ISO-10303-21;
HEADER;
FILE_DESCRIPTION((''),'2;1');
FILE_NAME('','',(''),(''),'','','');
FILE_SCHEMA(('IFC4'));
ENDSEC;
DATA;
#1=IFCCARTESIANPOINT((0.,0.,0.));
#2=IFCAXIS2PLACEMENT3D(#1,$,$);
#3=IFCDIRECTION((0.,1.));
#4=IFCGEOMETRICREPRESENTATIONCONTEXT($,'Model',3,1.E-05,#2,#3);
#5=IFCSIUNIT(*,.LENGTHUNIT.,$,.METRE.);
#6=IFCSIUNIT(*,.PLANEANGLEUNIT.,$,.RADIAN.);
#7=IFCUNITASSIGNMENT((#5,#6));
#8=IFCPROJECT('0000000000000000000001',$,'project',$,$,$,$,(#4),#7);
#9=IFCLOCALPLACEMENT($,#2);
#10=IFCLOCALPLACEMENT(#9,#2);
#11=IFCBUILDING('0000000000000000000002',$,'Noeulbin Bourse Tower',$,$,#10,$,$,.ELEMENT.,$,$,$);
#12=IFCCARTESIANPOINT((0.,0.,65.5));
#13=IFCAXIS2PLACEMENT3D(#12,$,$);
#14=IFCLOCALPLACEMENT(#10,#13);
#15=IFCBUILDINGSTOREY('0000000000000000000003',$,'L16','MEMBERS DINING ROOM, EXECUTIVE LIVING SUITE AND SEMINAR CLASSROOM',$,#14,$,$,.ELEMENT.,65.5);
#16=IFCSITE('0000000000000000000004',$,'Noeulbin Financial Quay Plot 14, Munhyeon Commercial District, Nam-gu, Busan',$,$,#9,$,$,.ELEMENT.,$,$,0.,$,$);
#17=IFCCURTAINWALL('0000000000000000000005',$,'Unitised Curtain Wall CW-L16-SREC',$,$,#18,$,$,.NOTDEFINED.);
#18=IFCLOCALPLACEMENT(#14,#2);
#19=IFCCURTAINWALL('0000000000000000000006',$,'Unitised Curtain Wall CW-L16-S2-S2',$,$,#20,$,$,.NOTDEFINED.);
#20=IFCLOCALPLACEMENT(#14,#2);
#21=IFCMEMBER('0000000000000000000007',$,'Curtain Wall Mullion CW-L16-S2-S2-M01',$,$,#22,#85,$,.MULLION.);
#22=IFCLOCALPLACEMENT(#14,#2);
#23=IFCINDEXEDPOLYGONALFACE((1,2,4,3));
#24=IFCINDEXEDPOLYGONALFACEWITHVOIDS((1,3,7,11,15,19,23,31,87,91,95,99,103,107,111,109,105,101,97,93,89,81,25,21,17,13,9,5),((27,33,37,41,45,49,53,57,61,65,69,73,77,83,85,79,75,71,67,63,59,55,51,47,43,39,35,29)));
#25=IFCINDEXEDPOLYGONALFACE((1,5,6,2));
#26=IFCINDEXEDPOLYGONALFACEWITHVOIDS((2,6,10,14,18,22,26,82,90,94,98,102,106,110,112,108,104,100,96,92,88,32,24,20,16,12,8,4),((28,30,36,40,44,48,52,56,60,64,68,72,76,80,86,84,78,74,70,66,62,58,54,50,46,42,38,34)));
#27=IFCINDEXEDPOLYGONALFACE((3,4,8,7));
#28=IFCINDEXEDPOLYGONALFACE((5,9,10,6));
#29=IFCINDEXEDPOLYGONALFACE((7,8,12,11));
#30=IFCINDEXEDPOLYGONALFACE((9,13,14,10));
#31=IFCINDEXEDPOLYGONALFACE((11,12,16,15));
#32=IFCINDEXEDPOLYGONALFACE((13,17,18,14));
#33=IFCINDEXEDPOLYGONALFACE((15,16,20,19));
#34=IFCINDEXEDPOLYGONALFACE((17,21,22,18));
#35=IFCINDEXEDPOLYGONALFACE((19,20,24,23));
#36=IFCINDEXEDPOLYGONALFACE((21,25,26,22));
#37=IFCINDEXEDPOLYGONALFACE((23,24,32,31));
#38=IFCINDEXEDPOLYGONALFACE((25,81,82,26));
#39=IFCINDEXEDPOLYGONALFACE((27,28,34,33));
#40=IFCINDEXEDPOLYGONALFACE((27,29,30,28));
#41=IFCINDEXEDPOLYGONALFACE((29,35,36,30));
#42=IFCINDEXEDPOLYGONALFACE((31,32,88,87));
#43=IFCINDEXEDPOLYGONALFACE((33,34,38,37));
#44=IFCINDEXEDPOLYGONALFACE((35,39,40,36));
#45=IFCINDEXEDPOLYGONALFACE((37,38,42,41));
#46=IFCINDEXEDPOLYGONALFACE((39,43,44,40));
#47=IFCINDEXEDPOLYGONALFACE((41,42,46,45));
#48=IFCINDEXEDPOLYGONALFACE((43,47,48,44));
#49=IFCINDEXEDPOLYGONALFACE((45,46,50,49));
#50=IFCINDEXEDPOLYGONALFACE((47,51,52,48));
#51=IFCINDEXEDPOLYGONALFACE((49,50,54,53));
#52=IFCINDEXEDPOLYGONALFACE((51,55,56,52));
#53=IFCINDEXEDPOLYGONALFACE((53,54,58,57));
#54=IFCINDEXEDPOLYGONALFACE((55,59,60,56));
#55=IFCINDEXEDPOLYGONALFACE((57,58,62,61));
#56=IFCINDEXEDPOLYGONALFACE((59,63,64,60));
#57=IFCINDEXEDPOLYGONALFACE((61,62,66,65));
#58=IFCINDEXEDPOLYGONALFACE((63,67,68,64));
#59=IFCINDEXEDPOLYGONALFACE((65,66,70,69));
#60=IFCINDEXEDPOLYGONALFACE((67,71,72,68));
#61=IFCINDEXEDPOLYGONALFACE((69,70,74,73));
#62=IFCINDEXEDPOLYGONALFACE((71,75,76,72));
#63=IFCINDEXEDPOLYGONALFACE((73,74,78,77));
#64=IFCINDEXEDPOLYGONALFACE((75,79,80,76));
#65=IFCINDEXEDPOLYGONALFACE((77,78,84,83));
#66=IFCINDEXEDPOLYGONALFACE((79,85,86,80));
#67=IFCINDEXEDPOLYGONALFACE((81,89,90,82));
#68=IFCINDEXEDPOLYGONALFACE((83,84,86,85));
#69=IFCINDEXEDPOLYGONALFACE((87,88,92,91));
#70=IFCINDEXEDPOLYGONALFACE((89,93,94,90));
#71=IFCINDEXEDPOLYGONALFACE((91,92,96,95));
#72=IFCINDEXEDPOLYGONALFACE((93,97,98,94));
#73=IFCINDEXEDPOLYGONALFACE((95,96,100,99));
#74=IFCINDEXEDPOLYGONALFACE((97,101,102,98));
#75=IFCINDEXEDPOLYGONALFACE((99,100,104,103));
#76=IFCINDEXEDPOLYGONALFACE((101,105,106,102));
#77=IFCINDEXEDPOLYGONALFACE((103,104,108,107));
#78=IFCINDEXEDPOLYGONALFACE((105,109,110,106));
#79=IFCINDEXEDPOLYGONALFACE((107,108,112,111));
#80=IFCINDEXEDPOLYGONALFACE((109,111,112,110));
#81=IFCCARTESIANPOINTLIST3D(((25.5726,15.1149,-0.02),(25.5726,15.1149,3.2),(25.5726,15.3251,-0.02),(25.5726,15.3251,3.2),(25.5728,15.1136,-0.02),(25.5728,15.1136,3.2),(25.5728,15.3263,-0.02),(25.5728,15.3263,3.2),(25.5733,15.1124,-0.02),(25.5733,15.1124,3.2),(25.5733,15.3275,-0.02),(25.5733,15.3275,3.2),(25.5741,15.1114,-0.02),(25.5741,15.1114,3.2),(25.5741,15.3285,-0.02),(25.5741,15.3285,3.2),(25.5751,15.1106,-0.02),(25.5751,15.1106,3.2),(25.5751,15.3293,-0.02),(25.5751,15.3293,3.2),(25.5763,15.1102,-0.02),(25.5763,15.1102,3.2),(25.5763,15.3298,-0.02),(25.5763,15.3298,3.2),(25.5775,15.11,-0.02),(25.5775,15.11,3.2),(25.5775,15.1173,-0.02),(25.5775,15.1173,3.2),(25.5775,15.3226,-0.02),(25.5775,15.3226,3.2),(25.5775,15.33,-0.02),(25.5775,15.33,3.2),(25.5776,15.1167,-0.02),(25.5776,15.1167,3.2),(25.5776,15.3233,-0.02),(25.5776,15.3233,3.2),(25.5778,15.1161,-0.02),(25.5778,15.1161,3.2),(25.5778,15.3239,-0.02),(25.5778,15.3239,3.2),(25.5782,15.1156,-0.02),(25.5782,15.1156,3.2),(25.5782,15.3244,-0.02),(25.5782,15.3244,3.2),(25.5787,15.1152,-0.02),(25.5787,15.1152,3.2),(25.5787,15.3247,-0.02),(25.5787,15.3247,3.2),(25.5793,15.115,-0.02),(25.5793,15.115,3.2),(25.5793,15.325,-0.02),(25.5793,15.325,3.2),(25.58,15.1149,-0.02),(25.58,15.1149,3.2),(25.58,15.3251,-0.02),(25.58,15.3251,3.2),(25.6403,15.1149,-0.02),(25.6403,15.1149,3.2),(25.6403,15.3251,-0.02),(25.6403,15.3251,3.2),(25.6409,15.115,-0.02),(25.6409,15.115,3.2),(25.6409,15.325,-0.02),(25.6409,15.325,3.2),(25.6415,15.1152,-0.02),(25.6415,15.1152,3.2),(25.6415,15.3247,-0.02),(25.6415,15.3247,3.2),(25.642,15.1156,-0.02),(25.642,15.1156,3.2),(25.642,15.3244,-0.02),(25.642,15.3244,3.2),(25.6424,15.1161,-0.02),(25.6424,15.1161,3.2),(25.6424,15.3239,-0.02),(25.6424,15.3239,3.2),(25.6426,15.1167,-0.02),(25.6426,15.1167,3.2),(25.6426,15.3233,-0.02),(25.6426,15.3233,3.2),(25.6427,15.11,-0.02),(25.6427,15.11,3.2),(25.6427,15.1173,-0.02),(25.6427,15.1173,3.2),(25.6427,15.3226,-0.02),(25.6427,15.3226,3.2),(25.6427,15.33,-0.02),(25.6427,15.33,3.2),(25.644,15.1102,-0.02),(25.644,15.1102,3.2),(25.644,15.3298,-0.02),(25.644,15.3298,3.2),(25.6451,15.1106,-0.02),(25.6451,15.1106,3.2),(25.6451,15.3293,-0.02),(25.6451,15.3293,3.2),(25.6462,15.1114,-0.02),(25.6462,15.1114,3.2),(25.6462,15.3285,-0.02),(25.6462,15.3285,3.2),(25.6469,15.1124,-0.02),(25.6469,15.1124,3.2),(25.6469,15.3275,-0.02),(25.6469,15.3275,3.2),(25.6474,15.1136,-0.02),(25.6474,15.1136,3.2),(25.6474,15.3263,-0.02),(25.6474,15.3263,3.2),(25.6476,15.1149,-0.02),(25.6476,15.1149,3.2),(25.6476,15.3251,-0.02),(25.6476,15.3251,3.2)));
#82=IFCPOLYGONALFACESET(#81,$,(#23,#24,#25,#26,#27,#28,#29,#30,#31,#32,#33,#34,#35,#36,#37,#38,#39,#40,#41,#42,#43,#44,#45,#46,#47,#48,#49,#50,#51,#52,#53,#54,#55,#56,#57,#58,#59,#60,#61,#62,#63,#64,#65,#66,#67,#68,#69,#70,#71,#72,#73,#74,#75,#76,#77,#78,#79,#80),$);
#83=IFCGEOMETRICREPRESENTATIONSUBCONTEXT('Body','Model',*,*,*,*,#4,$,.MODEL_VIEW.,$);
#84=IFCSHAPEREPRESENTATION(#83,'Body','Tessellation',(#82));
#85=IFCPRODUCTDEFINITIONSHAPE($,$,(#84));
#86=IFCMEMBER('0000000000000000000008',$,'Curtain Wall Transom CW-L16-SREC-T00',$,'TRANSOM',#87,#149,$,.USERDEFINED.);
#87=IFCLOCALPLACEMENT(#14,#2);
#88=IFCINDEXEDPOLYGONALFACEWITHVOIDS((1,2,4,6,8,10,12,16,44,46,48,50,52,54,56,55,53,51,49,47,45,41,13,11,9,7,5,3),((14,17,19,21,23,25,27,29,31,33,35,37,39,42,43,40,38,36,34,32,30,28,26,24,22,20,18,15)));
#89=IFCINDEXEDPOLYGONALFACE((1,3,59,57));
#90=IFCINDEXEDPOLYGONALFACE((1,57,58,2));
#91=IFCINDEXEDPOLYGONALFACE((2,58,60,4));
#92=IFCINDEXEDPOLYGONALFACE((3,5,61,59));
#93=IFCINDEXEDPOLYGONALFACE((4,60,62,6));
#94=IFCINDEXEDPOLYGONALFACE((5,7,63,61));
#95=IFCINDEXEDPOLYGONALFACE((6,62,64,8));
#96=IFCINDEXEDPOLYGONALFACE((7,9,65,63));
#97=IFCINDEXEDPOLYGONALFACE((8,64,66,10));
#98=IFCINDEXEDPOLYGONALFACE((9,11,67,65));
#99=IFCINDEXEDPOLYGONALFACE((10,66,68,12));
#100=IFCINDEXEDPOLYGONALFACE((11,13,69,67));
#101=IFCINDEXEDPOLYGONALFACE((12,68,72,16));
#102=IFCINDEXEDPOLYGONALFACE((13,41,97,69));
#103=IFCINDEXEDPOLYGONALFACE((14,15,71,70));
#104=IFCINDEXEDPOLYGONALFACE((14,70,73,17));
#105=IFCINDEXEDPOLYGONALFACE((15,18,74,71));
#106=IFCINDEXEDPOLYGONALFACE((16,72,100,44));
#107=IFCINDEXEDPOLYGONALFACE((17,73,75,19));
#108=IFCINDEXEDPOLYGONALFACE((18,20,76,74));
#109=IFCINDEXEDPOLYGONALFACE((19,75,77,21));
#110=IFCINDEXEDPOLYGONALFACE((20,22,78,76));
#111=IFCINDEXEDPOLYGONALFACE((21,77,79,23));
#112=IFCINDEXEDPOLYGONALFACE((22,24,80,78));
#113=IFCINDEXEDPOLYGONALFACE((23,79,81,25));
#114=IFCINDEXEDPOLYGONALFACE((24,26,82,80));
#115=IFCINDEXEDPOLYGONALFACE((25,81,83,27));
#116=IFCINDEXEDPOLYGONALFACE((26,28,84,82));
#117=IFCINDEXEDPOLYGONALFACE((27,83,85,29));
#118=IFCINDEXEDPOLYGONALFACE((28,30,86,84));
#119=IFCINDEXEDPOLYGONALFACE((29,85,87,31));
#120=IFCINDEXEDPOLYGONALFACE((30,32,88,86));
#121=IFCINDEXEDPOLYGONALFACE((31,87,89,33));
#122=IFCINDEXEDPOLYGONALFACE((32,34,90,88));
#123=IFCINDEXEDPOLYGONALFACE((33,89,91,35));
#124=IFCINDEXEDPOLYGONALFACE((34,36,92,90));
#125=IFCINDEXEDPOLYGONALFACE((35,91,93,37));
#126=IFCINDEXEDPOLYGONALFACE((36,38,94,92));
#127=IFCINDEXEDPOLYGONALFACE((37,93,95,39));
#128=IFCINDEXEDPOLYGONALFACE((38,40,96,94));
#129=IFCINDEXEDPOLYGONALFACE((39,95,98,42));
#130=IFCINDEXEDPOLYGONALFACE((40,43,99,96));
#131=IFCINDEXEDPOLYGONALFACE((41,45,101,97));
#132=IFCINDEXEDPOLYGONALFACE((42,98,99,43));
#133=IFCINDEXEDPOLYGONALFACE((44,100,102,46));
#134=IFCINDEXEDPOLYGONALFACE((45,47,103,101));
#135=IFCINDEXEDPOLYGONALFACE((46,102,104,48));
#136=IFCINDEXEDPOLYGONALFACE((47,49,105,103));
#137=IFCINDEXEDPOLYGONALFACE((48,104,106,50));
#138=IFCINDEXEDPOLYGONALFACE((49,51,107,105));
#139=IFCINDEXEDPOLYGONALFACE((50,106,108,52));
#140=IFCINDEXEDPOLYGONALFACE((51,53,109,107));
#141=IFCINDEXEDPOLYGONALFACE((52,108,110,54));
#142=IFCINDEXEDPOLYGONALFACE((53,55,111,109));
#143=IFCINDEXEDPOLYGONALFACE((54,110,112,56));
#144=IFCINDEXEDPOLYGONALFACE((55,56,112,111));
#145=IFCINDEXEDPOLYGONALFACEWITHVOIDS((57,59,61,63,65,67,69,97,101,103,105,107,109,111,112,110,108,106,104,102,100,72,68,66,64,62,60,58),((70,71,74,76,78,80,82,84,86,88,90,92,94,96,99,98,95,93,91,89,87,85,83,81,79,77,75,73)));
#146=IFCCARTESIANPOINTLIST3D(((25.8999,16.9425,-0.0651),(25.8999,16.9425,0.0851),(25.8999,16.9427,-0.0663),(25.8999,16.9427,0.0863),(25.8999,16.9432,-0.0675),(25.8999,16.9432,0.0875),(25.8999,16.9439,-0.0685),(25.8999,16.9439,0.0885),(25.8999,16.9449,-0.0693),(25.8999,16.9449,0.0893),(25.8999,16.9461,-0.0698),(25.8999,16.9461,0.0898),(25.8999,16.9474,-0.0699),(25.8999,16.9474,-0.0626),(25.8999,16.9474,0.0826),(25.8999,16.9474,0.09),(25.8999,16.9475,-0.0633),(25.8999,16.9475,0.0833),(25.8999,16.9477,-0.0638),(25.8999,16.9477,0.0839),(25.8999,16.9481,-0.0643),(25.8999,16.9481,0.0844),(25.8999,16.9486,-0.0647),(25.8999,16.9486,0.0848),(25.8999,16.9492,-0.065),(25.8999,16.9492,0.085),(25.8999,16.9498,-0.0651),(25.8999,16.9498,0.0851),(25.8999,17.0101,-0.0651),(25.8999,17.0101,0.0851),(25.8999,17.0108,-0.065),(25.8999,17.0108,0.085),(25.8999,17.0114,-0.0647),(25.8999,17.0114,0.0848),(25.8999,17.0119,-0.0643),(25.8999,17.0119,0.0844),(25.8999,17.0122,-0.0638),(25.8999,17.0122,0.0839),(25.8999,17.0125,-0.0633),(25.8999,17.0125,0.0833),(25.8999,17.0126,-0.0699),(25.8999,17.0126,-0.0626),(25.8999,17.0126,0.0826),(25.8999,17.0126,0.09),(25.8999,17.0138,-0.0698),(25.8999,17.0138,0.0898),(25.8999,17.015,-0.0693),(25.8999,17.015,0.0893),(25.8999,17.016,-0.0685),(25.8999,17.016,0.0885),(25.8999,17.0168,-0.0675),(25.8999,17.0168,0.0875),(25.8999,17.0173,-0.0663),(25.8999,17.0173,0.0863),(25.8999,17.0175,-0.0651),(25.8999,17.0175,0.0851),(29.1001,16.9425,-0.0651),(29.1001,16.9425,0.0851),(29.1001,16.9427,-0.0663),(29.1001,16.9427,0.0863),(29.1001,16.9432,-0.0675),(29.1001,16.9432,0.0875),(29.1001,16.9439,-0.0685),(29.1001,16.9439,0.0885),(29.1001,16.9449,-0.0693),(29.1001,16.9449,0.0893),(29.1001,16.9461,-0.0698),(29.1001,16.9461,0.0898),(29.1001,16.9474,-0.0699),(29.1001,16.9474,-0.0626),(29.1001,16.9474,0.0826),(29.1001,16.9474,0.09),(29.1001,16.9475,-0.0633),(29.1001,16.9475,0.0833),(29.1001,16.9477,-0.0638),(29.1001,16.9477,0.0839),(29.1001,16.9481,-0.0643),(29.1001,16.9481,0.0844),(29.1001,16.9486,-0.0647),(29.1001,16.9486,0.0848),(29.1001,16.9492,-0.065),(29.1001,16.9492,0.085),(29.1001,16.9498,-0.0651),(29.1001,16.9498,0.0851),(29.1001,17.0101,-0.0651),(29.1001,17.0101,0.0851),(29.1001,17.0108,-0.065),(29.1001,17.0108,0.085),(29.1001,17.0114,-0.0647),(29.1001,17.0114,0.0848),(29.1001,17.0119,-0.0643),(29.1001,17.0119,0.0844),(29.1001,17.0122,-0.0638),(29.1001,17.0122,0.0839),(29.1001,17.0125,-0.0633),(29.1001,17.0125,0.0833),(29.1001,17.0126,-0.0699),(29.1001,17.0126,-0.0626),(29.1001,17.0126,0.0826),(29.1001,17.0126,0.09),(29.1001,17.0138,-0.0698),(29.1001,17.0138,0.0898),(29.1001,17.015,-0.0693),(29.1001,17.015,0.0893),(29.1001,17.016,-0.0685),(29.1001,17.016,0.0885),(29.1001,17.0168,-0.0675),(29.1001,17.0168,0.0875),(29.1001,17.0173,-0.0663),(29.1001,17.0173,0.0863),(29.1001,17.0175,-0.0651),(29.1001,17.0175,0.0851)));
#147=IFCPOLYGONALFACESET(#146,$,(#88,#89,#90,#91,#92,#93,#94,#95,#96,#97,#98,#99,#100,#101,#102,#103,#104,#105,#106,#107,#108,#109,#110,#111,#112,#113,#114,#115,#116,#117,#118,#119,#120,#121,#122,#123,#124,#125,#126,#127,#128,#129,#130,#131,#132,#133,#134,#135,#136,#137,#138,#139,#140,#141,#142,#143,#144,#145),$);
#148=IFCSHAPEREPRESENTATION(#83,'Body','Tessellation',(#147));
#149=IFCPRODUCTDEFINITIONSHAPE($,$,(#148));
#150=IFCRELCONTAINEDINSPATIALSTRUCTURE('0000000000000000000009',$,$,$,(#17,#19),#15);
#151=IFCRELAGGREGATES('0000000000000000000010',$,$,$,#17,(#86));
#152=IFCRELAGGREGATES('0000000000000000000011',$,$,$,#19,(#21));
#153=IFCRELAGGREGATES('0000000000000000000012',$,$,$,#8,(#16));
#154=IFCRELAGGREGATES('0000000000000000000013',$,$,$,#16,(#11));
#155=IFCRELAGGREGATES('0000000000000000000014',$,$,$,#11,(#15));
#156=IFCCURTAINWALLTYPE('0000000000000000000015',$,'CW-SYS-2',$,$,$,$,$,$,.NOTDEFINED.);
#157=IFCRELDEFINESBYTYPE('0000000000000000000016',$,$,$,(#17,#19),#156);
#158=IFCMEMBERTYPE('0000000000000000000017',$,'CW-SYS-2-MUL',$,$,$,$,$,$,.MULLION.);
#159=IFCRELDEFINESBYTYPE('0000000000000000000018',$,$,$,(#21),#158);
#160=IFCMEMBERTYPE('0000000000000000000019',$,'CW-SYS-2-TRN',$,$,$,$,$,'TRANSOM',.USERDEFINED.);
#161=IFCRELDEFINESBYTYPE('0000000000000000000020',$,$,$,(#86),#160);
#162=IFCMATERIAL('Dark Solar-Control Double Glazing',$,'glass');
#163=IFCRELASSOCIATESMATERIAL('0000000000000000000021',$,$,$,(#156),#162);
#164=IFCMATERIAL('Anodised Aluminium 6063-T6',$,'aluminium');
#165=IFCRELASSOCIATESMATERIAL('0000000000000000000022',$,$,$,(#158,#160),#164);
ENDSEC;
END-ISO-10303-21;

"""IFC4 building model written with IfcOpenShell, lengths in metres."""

from ifc_helpers import new_model, si_unit, direction, frame, origin, origin_2d, place, context, subcontext, project, spatial, hollow_rectangle, extrude, material, material_profile, profile_set, type_object, element, aggregate, save


model = new_model("IFC4")

# Units and contexts
model_context = context("Model", 3, precision=1e-05, world=origin(), true_north=direction((0.0, 1.0)))
body_context = subcontext(model_context, "Body", "Model", "MODEL_VIEW")
ifc_project = project(units=[si_unit("LENGTHUNIT", "METRE"), si_unit("PLANEANGLEUNIT", "RADIAN")], contexts=[model_context])

# Site, building, storey
site_placement = place(None, origin())
site = spatial("IfcSite", under=ifc_project, at=site_placement, Name="Noeulbin Financial Quay Plot 14, Munhyeon Commercial District, Nam-gu, Busan", CompositionType="ELEMENT", RefElevation=0.0)
building_placement = place(site_placement, origin())
building = spatial("IfcBuilding", under=site, at=building_placement, Name="Noeulbin Bourse Tower", CompositionType="ELEMENT")
storey_placement = place(building_placement, frame((0.0, 0.0, 65.5)))
storey = spatial("IfcBuildingStorey", under=building, at=storey_placement, Name="L16", Description="MEMBERS DINING ROOM, EXECUTIVE LIVING SUITE AND SEMINAR CLASSROOM", CompositionType="ELEMENT", Elevation=65.5)

# Curtain wall
ifc_material_1 = material(Name="Dark Solar-Control Double Glazing", Category="glass")
curtain_wall_type = type_object("IfcCurtainWallType", Name="CW-SYS-2", PredefinedType="NOTDEFINED", material=ifc_material_1)
curtain_wall_1_placement = place(storey_placement, origin())
curtain_wall_1 = element("IfcCurtainWall", 1, at=curtain_wall_1_placement, inside=storey, type_object=curtain_wall_type, Name="Unitised Curtain Wall CW-L16-SREC", PredefinedType="NOTDEFINED")
ifc_material_2 = material(Name="Anodised Aluminium 6063-T6", Category="aluminium")
ifc_material_profile_1 = material_profile(ifc_material_2, hollow_rectangle(XDim=0.075, YDim=0.22, WallThickness=0.0049, InnerFilletRadius=0.0024, OuterFilletRadius=0.0049, at=origin_2d()), Name="ALU-MULL-75x220x5", Category="LoadBearing")
ifc_profile_set_1 = profile_set([ifc_material_profile_1], Name="Anodised Aluminium 6063-T6")
member_type_1 = type_object("IfcMemberType", Name="CW-SYS-2-MUL", PredefinedType="MULLION", material=ifc_profile_set_1)

# Curtain wall, member
curtain_wall_2_placement = place(storey_placement, origin())
curtain_wall_2 = element("IfcCurtainWall", 2, at=curtain_wall_2_placement, inside=storey, type_object=curtain_wall_type, Name="Unitised Curtain Wall CW-L16-S2-S2", PredefinedType="NOTDEFINED")
member_1_placement = place(storey_placement, frame((25.6101, 15.22, -0.02), z_axis=(0.0, 0.0, 1.0), x_axis=(1.0, 0.0, 0.0)))
member_1 = element("IfcMember", 3, at=member_1_placement, type_object=member_type_1, Name="Curtain Wall Mullion CW-L16-S2-S2-M01", PredefinedType="MULLION", context=body_context, shape_type="SweptSolid", body=[
    extrude(hollow_rectangle(XDim=0.075, YDim=0.22, WallThickness=0.0049, InnerFilletRadius=0.0024, OuterFilletRadius=0.0049, at=origin_2d()), origin(), (0.0, 0.0, 1.0), 3.22),
])

# Member
ifc_material_profile_2 = material_profile(ifc_material_2, hollow_rectangle(XDim=0.075, YDim=0.1599, WallThickness=0.0049, InnerFilletRadius=0.0024, OuterFilletRadius=0.0049, at=origin_2d()), Name="ALU-TRAN-75x160x5", Category="LoadBearing")
ifc_profile_set_2 = profile_set([ifc_material_profile_2], Name="Anodised Aluminium 6063-T6")
member_type_2 = type_object("IfcMemberType", Name="CW-SYS-2-TRN", ElementType="TRANSOM", PredefinedType="USERDEFINED", material=ifc_profile_set_2)
member_2_placement = place(storey_placement, frame((25.8999, 16.98, 0.01), z_axis=(1.0, 0.0, 0.0), x_axis=(0.0, 1.0, 0.0)))
member_2 = element("IfcMember", 4, at=member_2_placement, type_object=member_type_2, Name="Curtain Wall Transom CW-L16-SREC-T00", ObjectType="TRANSOM", PredefinedType="USERDEFINED", context=body_context, shape_type="SweptSolid", body=[
    extrude(hollow_rectangle(XDim=0.075, YDim=0.1599, WallThickness=0.0049, InnerFilletRadius=0.0024, OuterFilletRadius=0.0049, at=origin_2d()), origin(), (0.0, 0.0, 1.0), 3.2002),
])

aggregate(curtain_wall_1, [member_2])
aggregate(curtain_wall_2, [member_1])

save(model, "model.ifc")
